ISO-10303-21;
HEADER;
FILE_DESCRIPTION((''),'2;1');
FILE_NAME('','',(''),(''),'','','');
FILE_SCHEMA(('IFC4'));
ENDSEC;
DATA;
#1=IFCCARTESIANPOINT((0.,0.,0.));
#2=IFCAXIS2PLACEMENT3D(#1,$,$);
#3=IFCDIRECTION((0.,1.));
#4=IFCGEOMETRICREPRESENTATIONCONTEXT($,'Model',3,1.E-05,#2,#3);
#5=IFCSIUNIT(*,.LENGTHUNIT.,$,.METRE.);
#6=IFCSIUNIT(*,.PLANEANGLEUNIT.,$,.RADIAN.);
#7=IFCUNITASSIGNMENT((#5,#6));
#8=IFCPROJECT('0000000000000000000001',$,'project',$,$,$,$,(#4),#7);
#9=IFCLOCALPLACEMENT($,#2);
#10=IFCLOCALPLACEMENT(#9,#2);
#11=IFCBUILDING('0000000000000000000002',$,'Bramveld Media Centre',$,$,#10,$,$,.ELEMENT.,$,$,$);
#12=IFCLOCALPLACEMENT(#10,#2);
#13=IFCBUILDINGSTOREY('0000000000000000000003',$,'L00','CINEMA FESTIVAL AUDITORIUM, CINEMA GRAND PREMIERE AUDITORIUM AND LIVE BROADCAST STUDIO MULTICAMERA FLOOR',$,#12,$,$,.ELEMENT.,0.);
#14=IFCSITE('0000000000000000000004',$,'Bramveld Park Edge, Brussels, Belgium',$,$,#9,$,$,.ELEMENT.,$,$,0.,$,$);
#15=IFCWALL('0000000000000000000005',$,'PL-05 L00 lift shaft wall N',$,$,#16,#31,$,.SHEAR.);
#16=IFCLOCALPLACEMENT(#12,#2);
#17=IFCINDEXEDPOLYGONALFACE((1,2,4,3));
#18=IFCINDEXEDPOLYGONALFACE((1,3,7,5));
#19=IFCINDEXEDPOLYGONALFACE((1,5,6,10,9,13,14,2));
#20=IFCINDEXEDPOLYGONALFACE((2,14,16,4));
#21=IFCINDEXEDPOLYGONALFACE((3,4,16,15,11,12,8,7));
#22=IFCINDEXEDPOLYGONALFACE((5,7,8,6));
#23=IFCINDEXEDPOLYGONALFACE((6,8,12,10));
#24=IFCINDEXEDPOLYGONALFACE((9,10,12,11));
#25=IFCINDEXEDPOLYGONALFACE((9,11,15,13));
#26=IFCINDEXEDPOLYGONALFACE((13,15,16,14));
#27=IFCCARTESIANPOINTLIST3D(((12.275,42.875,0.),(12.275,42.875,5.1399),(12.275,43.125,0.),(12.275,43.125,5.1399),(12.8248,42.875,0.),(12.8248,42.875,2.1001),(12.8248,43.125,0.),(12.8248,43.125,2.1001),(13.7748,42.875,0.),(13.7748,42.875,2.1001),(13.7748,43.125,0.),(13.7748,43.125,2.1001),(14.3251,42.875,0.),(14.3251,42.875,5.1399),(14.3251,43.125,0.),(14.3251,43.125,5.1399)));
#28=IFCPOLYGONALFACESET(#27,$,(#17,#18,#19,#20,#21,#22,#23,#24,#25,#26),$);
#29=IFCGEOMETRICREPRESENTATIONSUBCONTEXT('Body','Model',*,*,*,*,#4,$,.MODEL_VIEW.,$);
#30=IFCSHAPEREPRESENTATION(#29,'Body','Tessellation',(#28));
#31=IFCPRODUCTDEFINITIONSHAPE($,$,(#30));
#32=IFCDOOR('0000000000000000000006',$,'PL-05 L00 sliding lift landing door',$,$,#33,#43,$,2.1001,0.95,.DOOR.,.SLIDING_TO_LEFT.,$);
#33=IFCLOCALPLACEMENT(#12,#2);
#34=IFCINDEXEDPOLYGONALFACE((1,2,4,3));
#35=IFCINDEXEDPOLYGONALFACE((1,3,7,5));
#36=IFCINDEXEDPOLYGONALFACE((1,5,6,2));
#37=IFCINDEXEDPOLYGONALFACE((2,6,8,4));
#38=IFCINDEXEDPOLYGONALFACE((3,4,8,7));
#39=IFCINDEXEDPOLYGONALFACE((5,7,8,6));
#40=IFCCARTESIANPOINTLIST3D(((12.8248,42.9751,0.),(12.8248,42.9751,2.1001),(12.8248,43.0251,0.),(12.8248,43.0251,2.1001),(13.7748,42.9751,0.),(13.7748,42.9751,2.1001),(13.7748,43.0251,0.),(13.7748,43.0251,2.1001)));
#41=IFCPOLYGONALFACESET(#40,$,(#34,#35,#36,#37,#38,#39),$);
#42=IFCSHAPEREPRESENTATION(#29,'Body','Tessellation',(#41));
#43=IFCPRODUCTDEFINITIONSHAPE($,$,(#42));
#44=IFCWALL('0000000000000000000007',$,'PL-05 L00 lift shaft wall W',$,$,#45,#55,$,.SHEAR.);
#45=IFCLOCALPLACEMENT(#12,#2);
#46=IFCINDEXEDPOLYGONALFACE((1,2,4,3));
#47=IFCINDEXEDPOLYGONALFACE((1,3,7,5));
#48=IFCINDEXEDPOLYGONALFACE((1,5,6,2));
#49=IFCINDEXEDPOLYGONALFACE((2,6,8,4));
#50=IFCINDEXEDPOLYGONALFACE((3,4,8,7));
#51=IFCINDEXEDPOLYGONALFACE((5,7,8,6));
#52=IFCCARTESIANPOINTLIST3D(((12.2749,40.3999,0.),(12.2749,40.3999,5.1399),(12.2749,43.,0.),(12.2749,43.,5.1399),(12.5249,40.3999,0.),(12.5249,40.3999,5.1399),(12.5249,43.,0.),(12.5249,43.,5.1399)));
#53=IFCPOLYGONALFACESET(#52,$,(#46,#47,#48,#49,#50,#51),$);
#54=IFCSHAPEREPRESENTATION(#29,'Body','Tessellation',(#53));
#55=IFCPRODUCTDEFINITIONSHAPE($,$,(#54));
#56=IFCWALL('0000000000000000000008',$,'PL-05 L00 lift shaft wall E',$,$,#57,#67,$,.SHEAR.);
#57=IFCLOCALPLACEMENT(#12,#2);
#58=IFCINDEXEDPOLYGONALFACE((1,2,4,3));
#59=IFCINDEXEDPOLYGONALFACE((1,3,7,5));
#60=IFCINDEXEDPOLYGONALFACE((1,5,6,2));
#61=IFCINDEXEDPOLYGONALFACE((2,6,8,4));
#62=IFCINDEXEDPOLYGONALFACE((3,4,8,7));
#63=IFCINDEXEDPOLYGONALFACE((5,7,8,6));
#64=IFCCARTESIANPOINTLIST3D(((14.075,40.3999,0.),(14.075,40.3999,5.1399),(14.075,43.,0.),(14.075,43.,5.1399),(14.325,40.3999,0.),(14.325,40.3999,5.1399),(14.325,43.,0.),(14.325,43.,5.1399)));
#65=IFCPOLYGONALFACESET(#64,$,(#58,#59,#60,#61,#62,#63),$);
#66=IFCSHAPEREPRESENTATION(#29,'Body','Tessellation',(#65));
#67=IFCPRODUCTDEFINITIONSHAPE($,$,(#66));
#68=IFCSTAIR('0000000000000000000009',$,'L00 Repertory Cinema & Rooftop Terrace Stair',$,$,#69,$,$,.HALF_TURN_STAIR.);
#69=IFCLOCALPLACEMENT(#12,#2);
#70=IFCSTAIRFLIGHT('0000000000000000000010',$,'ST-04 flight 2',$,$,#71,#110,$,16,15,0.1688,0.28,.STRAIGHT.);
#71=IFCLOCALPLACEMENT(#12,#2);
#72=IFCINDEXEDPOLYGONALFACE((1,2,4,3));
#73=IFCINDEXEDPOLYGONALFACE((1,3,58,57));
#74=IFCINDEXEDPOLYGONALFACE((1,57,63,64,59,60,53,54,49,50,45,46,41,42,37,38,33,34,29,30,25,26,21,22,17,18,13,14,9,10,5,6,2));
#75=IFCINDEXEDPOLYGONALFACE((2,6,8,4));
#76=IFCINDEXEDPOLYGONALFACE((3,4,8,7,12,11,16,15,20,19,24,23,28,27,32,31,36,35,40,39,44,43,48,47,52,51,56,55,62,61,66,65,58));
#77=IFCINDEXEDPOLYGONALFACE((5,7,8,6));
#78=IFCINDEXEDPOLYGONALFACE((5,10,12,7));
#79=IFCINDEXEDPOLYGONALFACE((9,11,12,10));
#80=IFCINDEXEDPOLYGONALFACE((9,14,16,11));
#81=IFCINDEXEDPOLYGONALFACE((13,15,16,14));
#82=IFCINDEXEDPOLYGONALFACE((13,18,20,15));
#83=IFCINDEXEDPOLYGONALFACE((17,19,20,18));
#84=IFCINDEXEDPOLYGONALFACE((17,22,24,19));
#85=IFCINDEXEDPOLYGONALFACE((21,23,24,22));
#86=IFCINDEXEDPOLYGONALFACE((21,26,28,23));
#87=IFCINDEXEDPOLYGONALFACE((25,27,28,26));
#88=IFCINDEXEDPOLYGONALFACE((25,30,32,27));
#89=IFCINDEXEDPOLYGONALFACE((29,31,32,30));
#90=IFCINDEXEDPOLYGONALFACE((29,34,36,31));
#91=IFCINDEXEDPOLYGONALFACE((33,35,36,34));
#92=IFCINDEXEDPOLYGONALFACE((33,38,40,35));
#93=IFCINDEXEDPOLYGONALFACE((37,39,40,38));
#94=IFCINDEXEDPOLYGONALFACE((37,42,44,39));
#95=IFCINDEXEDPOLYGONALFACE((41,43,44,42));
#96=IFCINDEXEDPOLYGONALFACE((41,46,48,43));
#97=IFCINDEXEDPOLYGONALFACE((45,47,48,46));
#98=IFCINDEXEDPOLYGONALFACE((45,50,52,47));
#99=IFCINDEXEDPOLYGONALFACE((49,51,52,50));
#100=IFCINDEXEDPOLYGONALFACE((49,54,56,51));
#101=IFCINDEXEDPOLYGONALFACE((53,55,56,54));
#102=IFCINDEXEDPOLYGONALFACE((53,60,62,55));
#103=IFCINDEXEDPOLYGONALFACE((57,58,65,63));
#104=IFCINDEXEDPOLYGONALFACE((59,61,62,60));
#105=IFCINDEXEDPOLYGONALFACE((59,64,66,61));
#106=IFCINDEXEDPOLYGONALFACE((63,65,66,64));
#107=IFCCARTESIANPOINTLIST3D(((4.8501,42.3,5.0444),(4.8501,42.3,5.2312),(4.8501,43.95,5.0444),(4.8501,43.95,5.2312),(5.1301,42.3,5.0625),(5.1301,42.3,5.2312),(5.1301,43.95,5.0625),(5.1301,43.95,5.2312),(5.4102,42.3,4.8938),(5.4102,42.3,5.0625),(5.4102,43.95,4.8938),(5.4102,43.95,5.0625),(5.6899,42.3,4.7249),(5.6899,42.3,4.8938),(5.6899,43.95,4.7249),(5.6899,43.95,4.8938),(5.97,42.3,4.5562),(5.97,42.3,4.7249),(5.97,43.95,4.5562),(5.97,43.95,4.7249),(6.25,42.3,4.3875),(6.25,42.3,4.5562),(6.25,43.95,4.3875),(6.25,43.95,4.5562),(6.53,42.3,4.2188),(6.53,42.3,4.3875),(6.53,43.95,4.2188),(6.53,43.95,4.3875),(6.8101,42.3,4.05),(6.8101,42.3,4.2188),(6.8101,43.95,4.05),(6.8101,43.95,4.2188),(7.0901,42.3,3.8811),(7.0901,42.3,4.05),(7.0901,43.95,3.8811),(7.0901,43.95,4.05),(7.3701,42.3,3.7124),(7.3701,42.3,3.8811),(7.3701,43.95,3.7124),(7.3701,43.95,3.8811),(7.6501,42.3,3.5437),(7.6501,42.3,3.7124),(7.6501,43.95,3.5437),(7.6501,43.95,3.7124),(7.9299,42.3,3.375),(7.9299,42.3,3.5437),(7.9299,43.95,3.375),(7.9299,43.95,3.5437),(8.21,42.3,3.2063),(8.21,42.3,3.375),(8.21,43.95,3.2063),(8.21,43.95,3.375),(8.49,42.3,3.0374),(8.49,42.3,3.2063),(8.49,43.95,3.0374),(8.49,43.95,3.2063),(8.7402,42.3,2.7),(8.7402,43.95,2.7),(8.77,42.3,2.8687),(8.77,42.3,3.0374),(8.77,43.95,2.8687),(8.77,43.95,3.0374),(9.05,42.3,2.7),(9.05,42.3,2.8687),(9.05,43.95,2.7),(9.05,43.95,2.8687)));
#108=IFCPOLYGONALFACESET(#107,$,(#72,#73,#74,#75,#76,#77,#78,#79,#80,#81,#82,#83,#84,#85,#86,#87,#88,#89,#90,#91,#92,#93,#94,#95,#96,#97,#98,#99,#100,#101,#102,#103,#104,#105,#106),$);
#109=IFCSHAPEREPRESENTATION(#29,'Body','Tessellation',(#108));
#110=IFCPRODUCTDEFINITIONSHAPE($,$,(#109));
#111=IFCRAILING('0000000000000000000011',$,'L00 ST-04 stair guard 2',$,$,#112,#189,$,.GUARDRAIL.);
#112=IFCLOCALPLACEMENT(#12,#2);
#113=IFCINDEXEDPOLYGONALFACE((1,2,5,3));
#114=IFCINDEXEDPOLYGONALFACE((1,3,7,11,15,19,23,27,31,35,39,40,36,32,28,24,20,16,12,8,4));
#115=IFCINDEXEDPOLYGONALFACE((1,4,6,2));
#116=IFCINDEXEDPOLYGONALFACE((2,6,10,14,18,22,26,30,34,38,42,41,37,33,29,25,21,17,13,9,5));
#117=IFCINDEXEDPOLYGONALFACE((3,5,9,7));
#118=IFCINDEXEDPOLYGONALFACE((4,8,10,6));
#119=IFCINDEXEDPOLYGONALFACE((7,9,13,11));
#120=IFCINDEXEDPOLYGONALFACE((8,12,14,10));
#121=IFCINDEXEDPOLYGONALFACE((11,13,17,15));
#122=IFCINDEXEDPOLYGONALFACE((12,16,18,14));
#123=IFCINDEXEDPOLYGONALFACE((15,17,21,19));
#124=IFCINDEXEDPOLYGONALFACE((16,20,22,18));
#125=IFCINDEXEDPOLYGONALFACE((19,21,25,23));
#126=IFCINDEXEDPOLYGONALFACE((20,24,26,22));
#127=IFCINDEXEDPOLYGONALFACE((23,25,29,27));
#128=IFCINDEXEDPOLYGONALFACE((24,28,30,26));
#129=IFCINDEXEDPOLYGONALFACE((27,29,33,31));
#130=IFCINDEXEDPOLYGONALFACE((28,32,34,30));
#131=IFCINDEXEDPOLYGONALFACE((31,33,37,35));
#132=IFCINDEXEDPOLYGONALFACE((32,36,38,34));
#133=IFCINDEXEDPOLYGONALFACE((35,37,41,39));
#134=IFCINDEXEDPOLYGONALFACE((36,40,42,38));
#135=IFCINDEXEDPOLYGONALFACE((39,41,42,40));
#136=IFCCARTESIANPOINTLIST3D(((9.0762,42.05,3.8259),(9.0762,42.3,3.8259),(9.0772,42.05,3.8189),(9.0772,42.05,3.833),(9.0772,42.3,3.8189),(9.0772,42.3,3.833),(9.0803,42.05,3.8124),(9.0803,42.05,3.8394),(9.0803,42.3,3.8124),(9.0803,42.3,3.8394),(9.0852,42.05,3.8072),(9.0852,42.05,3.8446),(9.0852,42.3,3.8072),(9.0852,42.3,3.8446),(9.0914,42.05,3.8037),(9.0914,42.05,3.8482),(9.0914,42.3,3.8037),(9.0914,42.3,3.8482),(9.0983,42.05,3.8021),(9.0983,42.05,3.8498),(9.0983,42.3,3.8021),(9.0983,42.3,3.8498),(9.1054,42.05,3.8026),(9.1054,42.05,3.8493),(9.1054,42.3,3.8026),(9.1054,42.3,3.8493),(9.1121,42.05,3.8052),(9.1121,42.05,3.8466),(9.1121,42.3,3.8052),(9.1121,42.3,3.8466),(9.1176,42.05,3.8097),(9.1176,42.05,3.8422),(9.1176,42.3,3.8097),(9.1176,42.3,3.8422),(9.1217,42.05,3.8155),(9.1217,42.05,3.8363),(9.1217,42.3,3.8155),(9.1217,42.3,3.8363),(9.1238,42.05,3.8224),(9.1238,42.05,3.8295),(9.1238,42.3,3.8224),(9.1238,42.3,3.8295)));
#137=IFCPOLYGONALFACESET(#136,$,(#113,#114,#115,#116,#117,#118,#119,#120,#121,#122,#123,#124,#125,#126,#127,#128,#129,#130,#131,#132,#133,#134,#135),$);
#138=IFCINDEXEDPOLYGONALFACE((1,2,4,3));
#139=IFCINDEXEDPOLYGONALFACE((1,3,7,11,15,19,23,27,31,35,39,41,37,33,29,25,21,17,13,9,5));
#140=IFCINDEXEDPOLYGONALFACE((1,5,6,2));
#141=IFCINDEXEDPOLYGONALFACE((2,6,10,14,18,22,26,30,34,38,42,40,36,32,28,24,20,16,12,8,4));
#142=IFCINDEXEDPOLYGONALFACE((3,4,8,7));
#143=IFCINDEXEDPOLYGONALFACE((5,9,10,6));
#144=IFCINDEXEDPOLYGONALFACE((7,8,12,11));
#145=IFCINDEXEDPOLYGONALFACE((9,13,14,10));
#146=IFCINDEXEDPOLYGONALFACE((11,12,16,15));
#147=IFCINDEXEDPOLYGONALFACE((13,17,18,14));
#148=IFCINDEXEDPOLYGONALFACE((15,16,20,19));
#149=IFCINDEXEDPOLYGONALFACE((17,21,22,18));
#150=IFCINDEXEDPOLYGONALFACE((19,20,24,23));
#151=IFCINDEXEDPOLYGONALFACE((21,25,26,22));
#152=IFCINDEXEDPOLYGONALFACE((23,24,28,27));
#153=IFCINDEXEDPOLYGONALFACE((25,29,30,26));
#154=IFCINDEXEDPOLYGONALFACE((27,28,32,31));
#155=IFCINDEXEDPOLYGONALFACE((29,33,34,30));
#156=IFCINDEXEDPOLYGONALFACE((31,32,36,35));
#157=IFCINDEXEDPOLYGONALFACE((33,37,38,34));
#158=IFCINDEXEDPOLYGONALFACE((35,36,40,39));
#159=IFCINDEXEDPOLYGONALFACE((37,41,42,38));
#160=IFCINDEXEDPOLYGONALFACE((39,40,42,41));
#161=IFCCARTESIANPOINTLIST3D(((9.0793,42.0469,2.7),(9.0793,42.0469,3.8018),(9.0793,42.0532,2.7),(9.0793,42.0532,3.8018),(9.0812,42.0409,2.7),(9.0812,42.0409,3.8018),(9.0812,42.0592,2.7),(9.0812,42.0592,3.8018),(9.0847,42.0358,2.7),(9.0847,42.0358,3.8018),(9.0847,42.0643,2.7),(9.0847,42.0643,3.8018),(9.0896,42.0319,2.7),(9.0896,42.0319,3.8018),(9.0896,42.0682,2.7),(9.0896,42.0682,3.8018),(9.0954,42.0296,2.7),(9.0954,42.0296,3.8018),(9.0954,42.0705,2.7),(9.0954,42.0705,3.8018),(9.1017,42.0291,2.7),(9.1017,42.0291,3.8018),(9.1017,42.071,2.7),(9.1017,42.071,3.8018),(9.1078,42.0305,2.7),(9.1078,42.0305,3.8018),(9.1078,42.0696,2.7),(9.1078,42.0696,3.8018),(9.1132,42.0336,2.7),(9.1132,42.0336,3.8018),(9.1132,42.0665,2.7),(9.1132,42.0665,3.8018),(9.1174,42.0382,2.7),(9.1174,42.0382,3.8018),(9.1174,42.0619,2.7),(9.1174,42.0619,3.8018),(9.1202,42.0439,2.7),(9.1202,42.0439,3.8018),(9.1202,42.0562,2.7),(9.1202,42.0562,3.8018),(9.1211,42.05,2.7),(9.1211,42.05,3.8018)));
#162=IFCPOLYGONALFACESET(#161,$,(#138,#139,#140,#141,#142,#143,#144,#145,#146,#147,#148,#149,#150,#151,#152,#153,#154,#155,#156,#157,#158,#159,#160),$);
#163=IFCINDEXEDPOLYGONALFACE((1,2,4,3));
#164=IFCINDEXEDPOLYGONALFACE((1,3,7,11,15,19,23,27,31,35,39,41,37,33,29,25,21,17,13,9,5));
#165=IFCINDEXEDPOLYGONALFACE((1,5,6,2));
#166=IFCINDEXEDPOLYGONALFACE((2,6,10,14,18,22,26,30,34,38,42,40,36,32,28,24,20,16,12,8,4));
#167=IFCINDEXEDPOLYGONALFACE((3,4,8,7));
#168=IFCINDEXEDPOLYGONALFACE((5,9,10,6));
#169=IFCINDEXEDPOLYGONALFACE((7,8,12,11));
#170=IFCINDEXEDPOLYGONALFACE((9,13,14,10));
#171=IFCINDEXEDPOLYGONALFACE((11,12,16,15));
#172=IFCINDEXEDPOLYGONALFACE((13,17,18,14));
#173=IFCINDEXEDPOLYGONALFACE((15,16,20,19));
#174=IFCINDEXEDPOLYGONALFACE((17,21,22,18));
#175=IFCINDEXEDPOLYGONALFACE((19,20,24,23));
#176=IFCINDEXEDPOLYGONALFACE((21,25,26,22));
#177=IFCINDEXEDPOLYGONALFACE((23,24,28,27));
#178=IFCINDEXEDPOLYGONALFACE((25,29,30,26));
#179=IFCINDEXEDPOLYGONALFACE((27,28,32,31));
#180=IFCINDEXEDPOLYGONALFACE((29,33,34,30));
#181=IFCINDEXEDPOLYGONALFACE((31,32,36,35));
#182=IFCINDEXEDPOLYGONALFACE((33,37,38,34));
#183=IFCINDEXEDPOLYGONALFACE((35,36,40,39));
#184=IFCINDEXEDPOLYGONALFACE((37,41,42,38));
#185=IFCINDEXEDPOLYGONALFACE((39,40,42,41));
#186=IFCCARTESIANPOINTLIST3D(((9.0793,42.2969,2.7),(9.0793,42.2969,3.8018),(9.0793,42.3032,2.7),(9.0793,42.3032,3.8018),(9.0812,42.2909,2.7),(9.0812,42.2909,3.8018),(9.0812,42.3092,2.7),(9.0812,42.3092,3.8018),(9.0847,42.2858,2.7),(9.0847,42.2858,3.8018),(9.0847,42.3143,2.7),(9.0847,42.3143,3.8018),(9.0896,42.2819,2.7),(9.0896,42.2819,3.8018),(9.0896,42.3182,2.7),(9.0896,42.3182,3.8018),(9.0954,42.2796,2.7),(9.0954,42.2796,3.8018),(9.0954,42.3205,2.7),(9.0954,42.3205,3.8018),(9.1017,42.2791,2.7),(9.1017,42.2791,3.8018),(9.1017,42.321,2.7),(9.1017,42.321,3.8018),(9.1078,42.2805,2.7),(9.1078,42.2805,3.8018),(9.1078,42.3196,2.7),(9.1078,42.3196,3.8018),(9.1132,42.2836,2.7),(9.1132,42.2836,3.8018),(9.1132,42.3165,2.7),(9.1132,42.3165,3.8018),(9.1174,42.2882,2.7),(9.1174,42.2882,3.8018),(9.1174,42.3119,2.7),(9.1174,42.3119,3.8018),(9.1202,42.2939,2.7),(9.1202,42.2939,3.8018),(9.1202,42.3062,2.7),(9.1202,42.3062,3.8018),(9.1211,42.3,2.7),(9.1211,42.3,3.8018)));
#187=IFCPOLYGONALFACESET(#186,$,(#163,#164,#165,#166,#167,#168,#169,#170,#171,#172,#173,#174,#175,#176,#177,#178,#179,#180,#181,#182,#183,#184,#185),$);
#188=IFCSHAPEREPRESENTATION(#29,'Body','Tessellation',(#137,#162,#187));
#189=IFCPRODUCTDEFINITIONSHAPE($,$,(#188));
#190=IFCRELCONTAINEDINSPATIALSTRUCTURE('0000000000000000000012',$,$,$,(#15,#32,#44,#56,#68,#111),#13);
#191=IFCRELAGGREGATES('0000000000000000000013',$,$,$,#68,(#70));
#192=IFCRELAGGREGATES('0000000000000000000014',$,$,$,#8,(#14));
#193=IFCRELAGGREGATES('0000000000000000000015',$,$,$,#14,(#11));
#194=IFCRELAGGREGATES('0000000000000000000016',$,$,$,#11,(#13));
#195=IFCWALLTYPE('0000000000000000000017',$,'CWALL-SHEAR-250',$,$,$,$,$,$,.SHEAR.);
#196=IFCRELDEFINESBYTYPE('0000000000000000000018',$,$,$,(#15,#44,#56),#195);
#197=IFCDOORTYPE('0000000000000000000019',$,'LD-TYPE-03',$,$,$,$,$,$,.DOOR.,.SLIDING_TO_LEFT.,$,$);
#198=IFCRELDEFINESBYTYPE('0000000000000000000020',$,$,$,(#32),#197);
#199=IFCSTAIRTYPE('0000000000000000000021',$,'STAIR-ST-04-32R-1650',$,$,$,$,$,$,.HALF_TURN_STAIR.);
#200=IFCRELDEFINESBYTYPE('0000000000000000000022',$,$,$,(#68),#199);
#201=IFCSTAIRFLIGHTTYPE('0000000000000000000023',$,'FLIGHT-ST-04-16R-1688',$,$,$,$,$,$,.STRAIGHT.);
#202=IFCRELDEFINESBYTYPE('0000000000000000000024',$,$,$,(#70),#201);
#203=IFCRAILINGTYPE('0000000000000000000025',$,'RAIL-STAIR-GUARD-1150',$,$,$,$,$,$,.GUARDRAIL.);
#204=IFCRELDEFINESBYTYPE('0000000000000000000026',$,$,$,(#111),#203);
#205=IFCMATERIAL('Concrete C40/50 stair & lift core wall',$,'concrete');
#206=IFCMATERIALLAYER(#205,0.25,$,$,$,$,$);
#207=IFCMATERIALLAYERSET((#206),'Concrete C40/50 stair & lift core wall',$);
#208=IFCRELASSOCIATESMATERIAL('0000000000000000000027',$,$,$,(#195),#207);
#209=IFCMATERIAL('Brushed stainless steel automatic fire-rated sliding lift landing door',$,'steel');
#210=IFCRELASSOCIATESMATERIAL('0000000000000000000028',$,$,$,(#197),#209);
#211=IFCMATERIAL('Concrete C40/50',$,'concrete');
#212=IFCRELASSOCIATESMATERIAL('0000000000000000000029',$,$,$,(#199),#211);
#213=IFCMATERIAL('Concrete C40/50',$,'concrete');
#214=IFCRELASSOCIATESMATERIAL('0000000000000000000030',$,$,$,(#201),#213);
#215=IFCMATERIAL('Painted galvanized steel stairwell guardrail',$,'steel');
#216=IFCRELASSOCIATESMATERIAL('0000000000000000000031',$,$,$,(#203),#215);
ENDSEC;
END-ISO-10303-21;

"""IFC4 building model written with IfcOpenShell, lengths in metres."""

from ifc_helpers import new_model, si_unit, direction, frame, frame_2d, origin, origin_2d, place, context, subcontext, project, spatial, polyline, rectangle, circle, outline, extrude, material, layer, layer_set, type_object, element, fill, aggregate, save


model = new_model("IFC4")

# Units and contexts
model_context = context("Model", 3, precision=1e-05, world=origin(), true_north=direction((0.0, 1.0)))
body_context = subcontext(model_context, "Body", "Model", "MODEL_VIEW")
ifc_project = project(units=[si_unit("LENGTHUNIT", "METRE"), si_unit("PLANEANGLEUNIT", "RADIAN")], contexts=[model_context])

# Site, building, storey
site_placement = place(None, origin())
site = spatial("IfcSite", under=ifc_project, at=site_placement, Name="Bramveld Park Edge, Brussels, Belgium", CompositionType="ELEMENT", RefElevation=0.0)
building_placement = place(site_placement, origin())
building = spatial("IfcBuilding", under=site, at=building_placement, Name="Bramveld Media Centre", CompositionType="ELEMENT")
storey_placement = place(building_placement, origin())
storey = spatial("IfcBuildingStorey", under=building, at=storey_placement, Name="L00", Description="CINEMA FESTIVAL AUDITORIUM, CINEMA GRAND PREMIERE AUDITORIUM AND LIVE BROADCAST STUDIO MULTICAMERA FLOOR", CompositionType="ELEMENT", Elevation=0.0)

# Shared definitions
ifc_material_1 = material(Name="Concrete C40/50 stair & lift core wall", Category="concrete")
ifc_layer = layer(ifc_material_1, 0.25)
ifc_layer_set = layer_set([ifc_layer], Name="Concrete C40/50 stair & lift core wall")
wall_type = type_object("IfcWallType", Name="CWALL-SHEAR-250", PredefinedType="SHEAR", material=ifc_layer_set)

# Wall, opening, door
wall_1_placement = place(storey_placement, frame((14.325, 43.0, 0.0), z_axis=(0.0, 0.0, 1.0), x_axis=(-1.0, 0.0, 0.0)))
wall_1 = element("IfcWall", 1, at=wall_1_placement, inside=storey, type_object=wall_type, Name="PL-05 L00 lift shaft wall N", PredefinedType="SHEAR", context=body_context, shape_type="SweptSolid", body=[
    extrude(rectangle(XDim=2.05, YDim=0.25, at=frame_2d((1.0249, 0.0))), origin(), (0.0, 0.0, 1.0), 5.1399),
])
opening_placement = place(wall_1_placement, frame((0.55, 0.0, 0.0)))
opening = element("IfcOpeningElement", 2, at=opening_placement, cuts=wall_1, PredefinedType="OPENING", context=body_context, shape_type="SweptSolid", body=[
    extrude(rectangle(XDim=0.95, YDim=2.1001, at=frame_2d((0.4751, 1.05))), frame((0.0, 0.137, 0.0), z_axis=(0.0, -1.0, 0.0), x_axis=(1.0, 0.0, 0.0)), (0.0, 0.0, 1.0), 0.2739),
])
ifc_material_2 = material(Name="Brushed stainless steel automatic fire-rated sliding lift landing door", Category="steel")
door_type = type_object("IfcDoorType", Name="LD-TYPE-03", OperationType="SLIDING_TO_LEFT", PredefinedType="DOOR", material=ifc_material_2)
door_placement = place(opening_placement, origin())
door = element("IfcDoor", 3, at=door_placement, inside=storey, type_object=door_type, Name="PL-05 L00 sliding lift landing door", OperationType="SLIDING_TO_LEFT", OverallHeight=2.1001, OverallWidth=0.95, PredefinedType="DOOR", context=body_context, shape_type="SweptSolid", body=[
    extrude(rectangle(XDim=0.95, YDim=2.1001, at=frame_2d((0.4751, 1.05))), frame((0.0, 0.0249, 0.0), z_axis=(0.0, -1.0, 0.0), x_axis=(1.0, 0.0, 0.0)), (0.0, 0.0, 1.0), 0.05),
])
fill(opening, door)

# Walls
for number, where, z_axis, x_axis, name in (
    (4, (12.3999, 43.0, 0.0), (0.0, 0.0, 1.0), (0.0, -1.0, 0.0), "PL-05 L00 lift shaft wall W"),
    (5, (14.2, 40.3999, 0.0), (0.0, 0.0, 1.0), (0.0, 1.0, 0.0), "PL-05 L00 lift shaft wall E"),
):
    element("IfcWall", number, at=place(storey_placement, frame(where, z_axis=z_axis, x_axis=x_axis)), inside=storey, type_object=wall_type, Name=name, PredefinedType="SHEAR", context=body_context, shape_type="SweptSolid", body=[
        extrude(rectangle(XDim=2.6001, YDim=0.25, at=frame_2d((1.3, 0.0))), origin(), (0.0, 0.0, 1.0), 5.1399),
    ])

# Stair, stair flight
ifc_material_3 = material(Name="Concrete C40/50", Category="concrete")
stair_type = type_object("IfcStairType", Name="STAIR-ST-04-32R-1650", PredefinedType="HALF_TURN_STAIR", material=ifc_material_3)
stair_placement = place(storey_placement, origin())
stair = element("IfcStair", 6, at=stair_placement, inside=storey, type_object=stair_type, Name="L00 Repertory Cinema & Rooftop Terrace Stair", PredefinedType="HALF_TURN_STAIR")
ifc_material_4 = material(Name="Concrete C40/50", Category="concrete")
stair_flight_type = type_object("IfcStairFlightType", Name="FLIGHT-ST-04-16R-1688", PredefinedType="STRAIGHT", material=ifc_material_4)
stair_flight_placement = place(storey_placement, frame((9.05, 43.125, 2.7), z_axis=(0.0, 0.0, 1.0), x_axis=(-1.0, 0.0, 0.0)))
stair_flight = element("IfcStairFlight", 7, at=stair_flight_placement, type_object=stair_flight_type, Name="ST-04 flight 2", NumberOfRisers=16, NumberOfTreads=15, PredefinedType="STRAIGHT", RiserHeight=0.1688, TreadLength=0.28, context=body_context, shape_type="SweptSolid", body=[
    extrude(outline(polyline([(0.0, 0.0), (0.0, 0.1687), (0.28, 0.1687), (0.28, 0.3374), (0.5601, 0.3374), (0.5601, 0.5063), (0.8401, 0.5063), (0.8401, 0.675), (1.1201, 0.675), (1.1201, 0.8438), (1.3999, 0.8438), (1.3999, 1.0125), (1.6799, 1.0125), (1.6799, 1.1812), (1.96, 1.1812), (1.96, 1.3501), (2.24, 1.3501), (2.24, 1.5188), (2.52, 1.5188), (2.52, 1.6875), (2.8, 1.6875), (2.8, 1.8562), (3.0801, 1.8562), (3.0801, 2.0249), (3.3601, 2.0249), (3.3601, 2.1938), (3.6399, 2.1938), (3.6399, 2.3625), (3.9199, 2.3625), (3.9199, 2.5312), (4.2, 2.5312), (4.2, 2.7), (4.2, 2.3445), (0.3098, 0.0), (0.0, 0.0)])), frame((0.0, 0.825, 0.0), z_axis=(0.0, -1.0, 0.0), x_axis=(1.0, 0.0, 0.0)), (0.0, 0.0, 1.0), 1.6499),
])
aggregate(stair, [stair_flight])

# Railing
ifc_material_5 = material(Name="Painted galvanized steel stairwell guardrail", Category="steel")
railing_type_1 = type_object("IfcRailingType", Name="RAIL-STAIR-GUARD-1150", PredefinedType="GUARDRAIL", material=ifc_material_5)
railing_1_placement = place(storey_placement, frame((9.1001, 42.05, 2.7)))
element("IfcRailing", 8, at=railing_1_placement, inside=storey, type_object=railing_type_1, Name="L00 ST-04 stair guard 2", PredefinedType="GUARDRAIL", context=body_context, shape_type="SweptSolid", body=[
    extrude(circle(Radius=0.0239, at=origin_2d()), frame((0.0, 0.0, 1.126), z_axis=(0.0, 1.0, 0.0), x_axis=(-1.0, 0.0, 0.0)), (0.0, 0.0, 1.0), 0.25),
    extrude(circle(Radius=0.021, at=origin_2d()), origin(), (0.0, 0.0, 1.0), 1.1018),
    extrude(circle(Radius=0.021, at=origin_2d()), frame((0.0, 0.25, 0.0)), (0.0, 0.0, 1.0), 1.1018),
])

save(model, "model.ifc")
